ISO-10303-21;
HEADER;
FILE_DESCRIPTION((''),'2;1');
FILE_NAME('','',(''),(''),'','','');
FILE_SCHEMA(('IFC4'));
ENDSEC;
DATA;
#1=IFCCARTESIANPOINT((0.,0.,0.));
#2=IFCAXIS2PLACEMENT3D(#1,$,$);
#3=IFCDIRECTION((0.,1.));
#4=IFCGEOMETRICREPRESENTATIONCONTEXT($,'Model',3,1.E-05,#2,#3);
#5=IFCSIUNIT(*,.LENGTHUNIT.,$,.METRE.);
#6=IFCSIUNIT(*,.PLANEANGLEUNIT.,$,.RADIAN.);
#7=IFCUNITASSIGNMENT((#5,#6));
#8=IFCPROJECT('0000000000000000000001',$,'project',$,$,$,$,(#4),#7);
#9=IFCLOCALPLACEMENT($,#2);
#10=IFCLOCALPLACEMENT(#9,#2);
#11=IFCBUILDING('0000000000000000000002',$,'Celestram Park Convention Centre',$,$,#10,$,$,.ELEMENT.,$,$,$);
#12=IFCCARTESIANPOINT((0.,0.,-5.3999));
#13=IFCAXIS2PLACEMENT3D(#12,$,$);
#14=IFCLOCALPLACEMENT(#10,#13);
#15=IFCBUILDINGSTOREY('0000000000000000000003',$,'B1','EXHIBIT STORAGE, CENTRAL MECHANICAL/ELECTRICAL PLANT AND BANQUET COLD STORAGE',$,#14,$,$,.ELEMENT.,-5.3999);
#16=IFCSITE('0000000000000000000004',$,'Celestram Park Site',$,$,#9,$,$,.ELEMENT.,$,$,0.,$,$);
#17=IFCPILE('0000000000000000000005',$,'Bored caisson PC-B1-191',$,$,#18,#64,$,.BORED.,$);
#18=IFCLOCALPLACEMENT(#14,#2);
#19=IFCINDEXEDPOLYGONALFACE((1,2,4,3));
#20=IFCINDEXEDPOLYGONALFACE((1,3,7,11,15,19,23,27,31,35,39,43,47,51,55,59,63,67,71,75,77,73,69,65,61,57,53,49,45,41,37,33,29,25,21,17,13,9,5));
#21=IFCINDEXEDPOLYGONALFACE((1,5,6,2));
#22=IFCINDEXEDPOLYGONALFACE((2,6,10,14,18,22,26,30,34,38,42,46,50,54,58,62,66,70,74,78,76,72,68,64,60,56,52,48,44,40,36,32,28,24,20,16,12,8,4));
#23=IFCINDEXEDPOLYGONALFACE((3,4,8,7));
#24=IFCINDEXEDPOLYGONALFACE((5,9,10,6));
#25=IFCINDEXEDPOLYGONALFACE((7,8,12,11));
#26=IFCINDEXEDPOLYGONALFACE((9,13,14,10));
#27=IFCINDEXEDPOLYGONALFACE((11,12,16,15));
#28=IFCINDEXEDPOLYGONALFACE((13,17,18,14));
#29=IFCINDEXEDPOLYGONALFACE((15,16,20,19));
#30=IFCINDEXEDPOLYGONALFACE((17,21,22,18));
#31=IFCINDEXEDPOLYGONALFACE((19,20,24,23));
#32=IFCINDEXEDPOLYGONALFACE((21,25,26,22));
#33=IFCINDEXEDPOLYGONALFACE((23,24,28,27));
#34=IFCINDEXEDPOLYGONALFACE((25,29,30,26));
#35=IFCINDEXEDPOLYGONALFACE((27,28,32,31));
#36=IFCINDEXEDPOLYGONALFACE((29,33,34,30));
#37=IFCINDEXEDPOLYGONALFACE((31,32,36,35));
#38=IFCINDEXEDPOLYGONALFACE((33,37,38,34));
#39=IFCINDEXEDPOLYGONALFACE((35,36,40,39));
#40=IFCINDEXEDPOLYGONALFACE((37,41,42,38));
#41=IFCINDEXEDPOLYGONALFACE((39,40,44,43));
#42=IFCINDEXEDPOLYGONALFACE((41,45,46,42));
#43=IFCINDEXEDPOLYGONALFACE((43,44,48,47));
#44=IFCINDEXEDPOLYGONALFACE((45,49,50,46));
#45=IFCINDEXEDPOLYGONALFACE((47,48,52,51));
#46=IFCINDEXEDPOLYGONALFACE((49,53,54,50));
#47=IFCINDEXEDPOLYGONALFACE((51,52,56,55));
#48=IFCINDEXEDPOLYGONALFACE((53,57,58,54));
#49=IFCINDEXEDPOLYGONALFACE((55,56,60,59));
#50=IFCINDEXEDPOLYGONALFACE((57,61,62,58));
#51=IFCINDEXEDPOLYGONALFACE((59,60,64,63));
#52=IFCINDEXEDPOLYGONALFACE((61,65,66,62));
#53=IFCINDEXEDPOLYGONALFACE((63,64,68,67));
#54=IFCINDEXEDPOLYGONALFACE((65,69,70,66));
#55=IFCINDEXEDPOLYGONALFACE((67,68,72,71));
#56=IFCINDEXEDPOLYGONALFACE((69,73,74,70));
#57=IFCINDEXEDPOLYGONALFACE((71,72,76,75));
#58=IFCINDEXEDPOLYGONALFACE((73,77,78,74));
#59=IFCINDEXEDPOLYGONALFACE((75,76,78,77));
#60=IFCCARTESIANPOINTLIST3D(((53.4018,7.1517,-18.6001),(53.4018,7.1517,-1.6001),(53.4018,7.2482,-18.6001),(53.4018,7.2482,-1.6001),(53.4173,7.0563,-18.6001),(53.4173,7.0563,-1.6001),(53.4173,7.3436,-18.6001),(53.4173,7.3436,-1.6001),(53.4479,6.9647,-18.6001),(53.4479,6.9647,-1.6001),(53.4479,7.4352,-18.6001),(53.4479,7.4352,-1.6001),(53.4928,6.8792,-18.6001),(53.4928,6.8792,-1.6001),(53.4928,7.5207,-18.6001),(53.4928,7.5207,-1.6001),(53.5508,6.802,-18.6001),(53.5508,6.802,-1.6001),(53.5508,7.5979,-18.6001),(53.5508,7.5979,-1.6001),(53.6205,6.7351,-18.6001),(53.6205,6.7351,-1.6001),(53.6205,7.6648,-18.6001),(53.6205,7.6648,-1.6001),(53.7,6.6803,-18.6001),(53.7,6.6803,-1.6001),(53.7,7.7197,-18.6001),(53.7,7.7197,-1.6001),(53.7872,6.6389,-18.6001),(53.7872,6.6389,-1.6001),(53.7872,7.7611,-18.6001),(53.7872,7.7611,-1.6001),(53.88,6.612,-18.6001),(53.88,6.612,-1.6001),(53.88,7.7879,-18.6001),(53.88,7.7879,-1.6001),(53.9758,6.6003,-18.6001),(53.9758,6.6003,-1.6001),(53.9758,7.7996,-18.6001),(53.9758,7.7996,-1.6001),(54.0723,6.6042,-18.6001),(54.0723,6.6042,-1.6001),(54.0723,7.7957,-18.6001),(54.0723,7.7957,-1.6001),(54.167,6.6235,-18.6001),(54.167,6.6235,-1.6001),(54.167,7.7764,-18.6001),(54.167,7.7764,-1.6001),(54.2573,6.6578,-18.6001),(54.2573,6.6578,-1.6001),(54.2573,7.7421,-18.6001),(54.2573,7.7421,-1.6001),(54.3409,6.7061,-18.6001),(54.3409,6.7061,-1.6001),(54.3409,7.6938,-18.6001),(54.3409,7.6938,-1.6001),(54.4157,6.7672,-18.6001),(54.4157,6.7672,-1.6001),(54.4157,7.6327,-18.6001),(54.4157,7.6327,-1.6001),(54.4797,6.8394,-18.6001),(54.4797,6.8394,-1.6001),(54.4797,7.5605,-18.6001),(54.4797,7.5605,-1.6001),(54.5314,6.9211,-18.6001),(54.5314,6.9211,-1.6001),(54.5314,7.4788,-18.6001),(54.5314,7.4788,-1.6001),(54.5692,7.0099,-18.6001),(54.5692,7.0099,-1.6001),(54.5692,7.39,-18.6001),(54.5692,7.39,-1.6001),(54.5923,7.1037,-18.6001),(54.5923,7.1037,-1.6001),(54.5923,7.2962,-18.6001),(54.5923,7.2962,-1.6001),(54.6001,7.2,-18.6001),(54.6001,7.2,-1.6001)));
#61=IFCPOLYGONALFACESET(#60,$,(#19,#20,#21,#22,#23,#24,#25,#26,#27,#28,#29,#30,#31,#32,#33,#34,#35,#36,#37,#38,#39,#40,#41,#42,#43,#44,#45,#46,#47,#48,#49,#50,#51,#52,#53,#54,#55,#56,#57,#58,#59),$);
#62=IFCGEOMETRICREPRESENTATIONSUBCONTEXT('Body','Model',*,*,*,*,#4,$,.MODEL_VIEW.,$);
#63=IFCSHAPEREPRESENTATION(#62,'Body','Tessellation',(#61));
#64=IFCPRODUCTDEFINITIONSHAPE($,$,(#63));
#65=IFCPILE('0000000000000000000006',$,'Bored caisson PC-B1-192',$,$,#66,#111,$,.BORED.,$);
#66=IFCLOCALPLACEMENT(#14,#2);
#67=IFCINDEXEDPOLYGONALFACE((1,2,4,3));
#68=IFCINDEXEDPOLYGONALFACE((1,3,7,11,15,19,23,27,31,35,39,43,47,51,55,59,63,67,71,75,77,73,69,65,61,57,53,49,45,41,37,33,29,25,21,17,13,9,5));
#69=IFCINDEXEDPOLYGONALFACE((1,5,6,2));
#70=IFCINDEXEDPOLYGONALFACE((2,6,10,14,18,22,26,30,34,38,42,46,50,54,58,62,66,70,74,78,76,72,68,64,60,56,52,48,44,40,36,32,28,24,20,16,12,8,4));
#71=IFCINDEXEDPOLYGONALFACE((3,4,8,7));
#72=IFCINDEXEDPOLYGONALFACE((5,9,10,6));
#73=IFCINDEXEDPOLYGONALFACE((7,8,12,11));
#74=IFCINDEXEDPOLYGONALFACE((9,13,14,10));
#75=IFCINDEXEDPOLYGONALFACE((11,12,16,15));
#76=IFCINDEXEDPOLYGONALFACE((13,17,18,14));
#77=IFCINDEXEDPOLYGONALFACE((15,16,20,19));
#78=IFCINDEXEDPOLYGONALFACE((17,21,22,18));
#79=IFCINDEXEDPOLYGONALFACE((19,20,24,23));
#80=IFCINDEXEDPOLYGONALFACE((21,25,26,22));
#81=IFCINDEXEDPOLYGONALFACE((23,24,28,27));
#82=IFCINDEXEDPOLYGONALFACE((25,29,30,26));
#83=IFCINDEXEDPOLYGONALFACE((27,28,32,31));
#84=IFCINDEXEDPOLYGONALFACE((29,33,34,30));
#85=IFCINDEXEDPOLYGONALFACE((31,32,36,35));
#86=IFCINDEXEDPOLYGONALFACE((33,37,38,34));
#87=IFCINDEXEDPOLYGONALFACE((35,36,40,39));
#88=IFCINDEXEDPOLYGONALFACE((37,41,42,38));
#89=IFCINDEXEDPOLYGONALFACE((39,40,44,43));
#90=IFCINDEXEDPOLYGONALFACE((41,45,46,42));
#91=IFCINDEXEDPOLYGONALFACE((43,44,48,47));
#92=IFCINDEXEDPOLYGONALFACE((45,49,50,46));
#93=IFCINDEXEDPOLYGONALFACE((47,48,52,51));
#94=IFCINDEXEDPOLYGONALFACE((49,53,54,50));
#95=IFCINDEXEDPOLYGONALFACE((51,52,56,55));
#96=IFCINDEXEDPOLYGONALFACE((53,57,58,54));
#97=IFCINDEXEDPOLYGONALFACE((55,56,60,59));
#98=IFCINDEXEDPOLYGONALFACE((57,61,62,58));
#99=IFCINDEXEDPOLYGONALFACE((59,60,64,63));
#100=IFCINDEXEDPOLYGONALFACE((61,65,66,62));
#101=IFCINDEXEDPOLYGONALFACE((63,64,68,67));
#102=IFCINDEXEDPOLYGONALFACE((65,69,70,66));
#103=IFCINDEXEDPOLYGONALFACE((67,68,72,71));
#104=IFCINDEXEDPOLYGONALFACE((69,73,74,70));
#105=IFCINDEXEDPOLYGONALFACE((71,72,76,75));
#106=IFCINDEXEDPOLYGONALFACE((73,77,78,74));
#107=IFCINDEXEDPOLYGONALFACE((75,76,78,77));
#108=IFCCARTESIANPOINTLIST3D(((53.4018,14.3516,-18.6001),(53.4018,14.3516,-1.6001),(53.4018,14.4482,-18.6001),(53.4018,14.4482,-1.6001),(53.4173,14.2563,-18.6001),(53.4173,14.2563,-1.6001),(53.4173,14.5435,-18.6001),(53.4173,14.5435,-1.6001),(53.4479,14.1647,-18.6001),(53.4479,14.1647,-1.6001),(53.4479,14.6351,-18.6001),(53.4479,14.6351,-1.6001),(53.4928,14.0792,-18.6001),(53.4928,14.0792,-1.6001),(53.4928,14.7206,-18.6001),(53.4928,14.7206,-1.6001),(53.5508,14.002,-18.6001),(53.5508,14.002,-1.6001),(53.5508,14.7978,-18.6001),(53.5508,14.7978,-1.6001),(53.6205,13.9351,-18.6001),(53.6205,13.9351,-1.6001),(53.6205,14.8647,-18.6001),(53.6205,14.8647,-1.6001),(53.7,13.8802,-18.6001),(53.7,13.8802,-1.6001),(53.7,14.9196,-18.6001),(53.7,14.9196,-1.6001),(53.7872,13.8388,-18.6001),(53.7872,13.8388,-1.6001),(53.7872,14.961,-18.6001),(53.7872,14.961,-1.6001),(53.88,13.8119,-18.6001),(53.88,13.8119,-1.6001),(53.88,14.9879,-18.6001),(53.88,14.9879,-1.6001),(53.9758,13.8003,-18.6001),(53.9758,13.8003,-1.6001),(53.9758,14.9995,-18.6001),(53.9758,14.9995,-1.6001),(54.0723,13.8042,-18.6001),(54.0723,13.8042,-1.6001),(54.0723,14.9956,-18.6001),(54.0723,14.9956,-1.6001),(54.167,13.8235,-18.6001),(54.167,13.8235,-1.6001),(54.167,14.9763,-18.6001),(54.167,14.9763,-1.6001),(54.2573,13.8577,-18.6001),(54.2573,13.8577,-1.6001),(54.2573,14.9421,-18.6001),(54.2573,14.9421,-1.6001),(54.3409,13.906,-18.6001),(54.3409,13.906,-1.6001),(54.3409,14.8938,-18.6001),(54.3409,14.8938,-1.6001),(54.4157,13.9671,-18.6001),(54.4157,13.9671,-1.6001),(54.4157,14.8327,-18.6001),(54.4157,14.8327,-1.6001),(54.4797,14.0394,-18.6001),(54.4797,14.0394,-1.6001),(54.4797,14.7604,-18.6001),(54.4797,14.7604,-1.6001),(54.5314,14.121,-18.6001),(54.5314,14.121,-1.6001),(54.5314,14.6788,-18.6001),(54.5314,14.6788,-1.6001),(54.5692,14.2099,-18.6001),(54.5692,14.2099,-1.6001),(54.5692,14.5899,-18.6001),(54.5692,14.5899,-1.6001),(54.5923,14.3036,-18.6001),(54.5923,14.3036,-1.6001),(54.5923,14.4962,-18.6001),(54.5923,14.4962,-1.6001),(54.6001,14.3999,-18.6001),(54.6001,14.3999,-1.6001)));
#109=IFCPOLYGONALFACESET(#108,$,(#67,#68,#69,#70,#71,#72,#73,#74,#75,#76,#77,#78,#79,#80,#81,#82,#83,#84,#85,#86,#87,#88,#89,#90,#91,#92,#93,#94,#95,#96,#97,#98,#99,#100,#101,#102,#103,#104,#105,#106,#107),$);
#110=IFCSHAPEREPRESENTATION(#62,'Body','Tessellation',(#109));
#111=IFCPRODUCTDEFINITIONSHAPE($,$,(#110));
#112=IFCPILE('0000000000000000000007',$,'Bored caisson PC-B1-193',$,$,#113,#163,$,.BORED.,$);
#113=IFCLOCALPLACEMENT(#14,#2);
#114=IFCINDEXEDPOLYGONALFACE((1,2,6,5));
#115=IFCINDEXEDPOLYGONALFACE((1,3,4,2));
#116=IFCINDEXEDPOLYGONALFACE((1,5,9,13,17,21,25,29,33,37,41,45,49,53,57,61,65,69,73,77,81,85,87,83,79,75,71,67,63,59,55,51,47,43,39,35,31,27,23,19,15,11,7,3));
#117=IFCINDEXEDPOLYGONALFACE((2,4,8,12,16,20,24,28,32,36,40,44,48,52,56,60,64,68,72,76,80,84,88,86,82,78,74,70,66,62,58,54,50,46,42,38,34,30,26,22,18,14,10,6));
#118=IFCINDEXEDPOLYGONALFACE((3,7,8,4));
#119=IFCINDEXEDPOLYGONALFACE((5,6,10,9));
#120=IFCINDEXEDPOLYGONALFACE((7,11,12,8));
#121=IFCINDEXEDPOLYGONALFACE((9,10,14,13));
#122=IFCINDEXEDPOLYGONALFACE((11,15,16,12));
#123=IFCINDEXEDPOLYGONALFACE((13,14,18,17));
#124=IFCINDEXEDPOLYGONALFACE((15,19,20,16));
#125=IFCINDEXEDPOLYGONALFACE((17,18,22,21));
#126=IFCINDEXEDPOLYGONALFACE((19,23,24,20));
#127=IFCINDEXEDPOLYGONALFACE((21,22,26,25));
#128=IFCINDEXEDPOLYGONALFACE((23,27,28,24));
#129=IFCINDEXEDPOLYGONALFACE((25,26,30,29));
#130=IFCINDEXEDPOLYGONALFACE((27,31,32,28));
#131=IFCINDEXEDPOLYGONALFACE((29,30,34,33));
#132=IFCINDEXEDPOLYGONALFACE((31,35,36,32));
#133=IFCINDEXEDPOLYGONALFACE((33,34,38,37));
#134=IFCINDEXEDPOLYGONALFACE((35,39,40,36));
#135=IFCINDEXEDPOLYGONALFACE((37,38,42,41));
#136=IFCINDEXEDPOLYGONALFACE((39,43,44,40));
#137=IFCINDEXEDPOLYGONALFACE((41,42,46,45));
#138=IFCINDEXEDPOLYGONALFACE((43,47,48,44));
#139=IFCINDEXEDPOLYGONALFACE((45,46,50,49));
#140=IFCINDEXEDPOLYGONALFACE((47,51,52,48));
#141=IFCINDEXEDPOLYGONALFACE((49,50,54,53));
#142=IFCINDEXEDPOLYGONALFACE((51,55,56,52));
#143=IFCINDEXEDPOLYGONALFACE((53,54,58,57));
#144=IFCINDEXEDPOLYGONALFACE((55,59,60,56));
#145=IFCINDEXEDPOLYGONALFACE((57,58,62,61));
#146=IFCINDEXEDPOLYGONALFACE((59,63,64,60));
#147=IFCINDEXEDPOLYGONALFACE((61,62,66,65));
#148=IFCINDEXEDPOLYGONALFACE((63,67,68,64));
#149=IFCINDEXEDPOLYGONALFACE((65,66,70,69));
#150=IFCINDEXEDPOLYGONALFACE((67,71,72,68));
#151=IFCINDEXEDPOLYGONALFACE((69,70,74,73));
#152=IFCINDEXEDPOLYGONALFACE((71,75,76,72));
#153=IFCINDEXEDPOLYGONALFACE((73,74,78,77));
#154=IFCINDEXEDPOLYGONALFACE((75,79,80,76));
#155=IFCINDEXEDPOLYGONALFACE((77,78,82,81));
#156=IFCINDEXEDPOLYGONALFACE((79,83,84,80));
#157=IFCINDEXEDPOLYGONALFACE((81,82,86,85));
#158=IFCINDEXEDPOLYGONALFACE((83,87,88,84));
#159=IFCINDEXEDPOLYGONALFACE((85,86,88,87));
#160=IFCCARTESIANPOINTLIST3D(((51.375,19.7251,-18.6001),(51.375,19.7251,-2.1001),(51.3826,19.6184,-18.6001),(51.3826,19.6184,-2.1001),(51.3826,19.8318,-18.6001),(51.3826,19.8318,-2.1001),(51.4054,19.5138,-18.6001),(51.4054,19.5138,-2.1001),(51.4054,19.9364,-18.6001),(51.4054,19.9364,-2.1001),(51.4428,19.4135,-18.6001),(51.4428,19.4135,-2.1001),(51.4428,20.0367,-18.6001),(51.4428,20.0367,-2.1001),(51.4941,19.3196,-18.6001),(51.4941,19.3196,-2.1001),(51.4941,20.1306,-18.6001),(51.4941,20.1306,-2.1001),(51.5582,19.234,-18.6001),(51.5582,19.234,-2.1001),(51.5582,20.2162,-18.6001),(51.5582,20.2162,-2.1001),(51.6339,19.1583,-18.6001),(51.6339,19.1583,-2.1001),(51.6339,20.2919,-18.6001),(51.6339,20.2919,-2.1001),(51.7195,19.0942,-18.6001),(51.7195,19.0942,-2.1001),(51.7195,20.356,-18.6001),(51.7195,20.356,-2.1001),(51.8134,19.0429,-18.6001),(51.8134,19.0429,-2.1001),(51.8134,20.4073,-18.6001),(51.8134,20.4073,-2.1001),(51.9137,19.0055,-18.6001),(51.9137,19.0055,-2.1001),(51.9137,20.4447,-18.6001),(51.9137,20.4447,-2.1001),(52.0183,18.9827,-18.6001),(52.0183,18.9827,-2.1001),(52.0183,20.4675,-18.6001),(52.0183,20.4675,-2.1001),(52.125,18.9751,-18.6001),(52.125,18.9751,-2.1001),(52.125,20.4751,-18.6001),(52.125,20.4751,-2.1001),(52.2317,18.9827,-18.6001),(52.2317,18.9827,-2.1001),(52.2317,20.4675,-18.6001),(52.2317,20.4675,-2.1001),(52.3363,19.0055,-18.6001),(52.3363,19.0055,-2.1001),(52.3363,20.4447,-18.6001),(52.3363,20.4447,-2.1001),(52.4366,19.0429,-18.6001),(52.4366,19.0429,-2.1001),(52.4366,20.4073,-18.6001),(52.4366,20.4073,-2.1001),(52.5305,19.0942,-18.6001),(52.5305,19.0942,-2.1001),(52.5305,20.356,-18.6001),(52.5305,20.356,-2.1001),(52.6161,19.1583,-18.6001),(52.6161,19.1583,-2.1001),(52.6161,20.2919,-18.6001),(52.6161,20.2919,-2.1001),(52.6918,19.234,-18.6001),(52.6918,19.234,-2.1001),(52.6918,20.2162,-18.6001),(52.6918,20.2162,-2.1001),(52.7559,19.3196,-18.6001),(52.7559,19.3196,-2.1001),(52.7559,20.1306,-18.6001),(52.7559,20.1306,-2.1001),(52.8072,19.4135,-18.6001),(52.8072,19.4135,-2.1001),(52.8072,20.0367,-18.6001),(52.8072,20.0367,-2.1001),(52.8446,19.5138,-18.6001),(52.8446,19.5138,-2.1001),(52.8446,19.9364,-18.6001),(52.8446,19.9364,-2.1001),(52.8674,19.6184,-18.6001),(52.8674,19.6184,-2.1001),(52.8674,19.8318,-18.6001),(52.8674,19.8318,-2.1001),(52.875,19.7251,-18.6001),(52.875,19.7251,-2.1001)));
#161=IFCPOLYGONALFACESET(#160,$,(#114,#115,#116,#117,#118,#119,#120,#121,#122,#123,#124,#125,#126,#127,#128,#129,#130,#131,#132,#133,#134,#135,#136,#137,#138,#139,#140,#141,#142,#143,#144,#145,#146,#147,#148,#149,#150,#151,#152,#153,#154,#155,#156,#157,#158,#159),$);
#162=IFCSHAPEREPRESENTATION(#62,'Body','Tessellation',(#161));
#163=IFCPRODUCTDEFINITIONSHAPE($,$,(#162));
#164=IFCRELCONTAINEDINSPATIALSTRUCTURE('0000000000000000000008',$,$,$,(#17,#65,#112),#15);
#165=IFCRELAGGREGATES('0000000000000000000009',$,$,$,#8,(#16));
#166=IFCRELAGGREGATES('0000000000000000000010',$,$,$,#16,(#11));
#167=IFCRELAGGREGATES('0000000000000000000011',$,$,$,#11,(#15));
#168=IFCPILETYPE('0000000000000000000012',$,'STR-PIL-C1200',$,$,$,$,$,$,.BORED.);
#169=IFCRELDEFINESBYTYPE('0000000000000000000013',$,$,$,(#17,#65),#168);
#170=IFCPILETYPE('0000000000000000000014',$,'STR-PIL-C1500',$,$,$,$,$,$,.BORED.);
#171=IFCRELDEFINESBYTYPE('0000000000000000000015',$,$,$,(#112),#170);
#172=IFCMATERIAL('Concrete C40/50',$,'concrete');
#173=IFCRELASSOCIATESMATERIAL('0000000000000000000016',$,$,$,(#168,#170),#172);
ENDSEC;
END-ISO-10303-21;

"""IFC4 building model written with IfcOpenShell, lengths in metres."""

from ifc_helpers import new_model, si_unit, direction, frame, origin, origin_2d, place, context, subcontext, project, spatial, circle, extrude, material, material_profile, profile_set, type_object, element, save


model = new_model("IFC4")

# Units and contexts
model_context = context("Model", 3, precision=1e-05, world=origin(), true_north=direction((0.0, 1.0)))
body_context = subcontext(model_context, "Body", "Model", "MODEL_VIEW")
ifc_project = project(units=[si_unit("LENGTHUNIT", "METRE"), si_unit("PLANEANGLEUNIT", "RADIAN")], contexts=[model_context])

# Site, building, storey
site_placement = place(None, origin())
site = spatial("IfcSite", under=ifc_project, at=site_placement, Name="Celestram Park Site", CompositionType="ELEMENT", RefElevation=0.0)
building_placement = place(site_placement, origin())
building = spatial("IfcBuilding", under=site, at=building_placement, Name="Celestram Park Convention Centre", CompositionType="ELEMENT")
storey_placement = place(building_placement, frame((0.0, 0.0, -5.3999)))
storey = spatial("IfcBuildingStorey", under=building, at=storey_placement, Name="B1", Description="EXHIBIT STORAGE, CENTRAL MECHANICAL/ELECTRICAL PLANT AND BANQUET COLD STORAGE", CompositionType="ELEMENT", Elevation=-5.3999)

# Shared definitions
ifc_material_1 = material(Name="Concrete C40/50", Category="concrete")

# Piles
ifc_material_profile_1 = material_profile(ifc_material_1, circle(Radius=0.6001, at=origin_2d()), Name="CAISSON1200")
ifc_profile_set_1 = profile_set([ifc_material_profile_1], Name="Concrete C40/50")
pile_type_1 = type_object("IfcPileType", Name="STR-PIL-C1200", PredefinedType="BORED", material=ifc_profile_set_1)
for number, where, z_axis, x_axis, name in (
    (1, (54.0, 7.2, -1.6001), (0.0, 0.0, -1.0), (1.0, 0.0, 0.0), "Bored caisson PC-B1-191"),
    (2, (54.0, 14.3999, -1.6001), (0.0, 0.0, -1.0), (1.0, 0.0, 0.0), "Bored caisson PC-B1-192"),
):
    element("IfcPile", number, at=place(storey_placement, frame(where, z_axis=z_axis, x_axis=x_axis)), inside=storey, type_object=pile_type_1, Name=name, PredefinedType="BORED", context=body_context, shape_type="SweptSolid", body=[
        extrude(circle(Radius=0.6001, at=origin_2d()), origin(), (0.0, 0.0, 1.0), 17.0),
    ])
ifc_material_profile_2 = material_profile(ifc_material_1, circle(Radius=0.75, at=origin_2d()), Name="CAISSON1500")
ifc_profile_set_2 = profile_set([ifc_material_profile_2], Name="Concrete C40/50")
pile_type_2 = type_object("IfcPileType", Name="STR-PIL-C1500", PredefinedType="BORED", material=ifc_profile_set_2)
for number, where, z_axis, x_axis, name in (
    (3, (52.125, 19.7251, -2.1001), (0.0, 0.0, -1.0), (1.0, 0.0, 0.0), "Bored caisson PC-B1-193"),
):
    element("IfcPile", number, at=place(storey_placement, frame(where, z_axis=z_axis, x_axis=x_axis)), inside=storey, type_object=pile_type_2, Name=name, PredefinedType="BORED", context=body_context, shape_type="SweptSolid", body=[
        extrude(circle(Radius=0.75, at=origin_2d()), origin(), (0.0, 0.0, 1.0), 16.5),
    ])

save(model, "model.ifc")
